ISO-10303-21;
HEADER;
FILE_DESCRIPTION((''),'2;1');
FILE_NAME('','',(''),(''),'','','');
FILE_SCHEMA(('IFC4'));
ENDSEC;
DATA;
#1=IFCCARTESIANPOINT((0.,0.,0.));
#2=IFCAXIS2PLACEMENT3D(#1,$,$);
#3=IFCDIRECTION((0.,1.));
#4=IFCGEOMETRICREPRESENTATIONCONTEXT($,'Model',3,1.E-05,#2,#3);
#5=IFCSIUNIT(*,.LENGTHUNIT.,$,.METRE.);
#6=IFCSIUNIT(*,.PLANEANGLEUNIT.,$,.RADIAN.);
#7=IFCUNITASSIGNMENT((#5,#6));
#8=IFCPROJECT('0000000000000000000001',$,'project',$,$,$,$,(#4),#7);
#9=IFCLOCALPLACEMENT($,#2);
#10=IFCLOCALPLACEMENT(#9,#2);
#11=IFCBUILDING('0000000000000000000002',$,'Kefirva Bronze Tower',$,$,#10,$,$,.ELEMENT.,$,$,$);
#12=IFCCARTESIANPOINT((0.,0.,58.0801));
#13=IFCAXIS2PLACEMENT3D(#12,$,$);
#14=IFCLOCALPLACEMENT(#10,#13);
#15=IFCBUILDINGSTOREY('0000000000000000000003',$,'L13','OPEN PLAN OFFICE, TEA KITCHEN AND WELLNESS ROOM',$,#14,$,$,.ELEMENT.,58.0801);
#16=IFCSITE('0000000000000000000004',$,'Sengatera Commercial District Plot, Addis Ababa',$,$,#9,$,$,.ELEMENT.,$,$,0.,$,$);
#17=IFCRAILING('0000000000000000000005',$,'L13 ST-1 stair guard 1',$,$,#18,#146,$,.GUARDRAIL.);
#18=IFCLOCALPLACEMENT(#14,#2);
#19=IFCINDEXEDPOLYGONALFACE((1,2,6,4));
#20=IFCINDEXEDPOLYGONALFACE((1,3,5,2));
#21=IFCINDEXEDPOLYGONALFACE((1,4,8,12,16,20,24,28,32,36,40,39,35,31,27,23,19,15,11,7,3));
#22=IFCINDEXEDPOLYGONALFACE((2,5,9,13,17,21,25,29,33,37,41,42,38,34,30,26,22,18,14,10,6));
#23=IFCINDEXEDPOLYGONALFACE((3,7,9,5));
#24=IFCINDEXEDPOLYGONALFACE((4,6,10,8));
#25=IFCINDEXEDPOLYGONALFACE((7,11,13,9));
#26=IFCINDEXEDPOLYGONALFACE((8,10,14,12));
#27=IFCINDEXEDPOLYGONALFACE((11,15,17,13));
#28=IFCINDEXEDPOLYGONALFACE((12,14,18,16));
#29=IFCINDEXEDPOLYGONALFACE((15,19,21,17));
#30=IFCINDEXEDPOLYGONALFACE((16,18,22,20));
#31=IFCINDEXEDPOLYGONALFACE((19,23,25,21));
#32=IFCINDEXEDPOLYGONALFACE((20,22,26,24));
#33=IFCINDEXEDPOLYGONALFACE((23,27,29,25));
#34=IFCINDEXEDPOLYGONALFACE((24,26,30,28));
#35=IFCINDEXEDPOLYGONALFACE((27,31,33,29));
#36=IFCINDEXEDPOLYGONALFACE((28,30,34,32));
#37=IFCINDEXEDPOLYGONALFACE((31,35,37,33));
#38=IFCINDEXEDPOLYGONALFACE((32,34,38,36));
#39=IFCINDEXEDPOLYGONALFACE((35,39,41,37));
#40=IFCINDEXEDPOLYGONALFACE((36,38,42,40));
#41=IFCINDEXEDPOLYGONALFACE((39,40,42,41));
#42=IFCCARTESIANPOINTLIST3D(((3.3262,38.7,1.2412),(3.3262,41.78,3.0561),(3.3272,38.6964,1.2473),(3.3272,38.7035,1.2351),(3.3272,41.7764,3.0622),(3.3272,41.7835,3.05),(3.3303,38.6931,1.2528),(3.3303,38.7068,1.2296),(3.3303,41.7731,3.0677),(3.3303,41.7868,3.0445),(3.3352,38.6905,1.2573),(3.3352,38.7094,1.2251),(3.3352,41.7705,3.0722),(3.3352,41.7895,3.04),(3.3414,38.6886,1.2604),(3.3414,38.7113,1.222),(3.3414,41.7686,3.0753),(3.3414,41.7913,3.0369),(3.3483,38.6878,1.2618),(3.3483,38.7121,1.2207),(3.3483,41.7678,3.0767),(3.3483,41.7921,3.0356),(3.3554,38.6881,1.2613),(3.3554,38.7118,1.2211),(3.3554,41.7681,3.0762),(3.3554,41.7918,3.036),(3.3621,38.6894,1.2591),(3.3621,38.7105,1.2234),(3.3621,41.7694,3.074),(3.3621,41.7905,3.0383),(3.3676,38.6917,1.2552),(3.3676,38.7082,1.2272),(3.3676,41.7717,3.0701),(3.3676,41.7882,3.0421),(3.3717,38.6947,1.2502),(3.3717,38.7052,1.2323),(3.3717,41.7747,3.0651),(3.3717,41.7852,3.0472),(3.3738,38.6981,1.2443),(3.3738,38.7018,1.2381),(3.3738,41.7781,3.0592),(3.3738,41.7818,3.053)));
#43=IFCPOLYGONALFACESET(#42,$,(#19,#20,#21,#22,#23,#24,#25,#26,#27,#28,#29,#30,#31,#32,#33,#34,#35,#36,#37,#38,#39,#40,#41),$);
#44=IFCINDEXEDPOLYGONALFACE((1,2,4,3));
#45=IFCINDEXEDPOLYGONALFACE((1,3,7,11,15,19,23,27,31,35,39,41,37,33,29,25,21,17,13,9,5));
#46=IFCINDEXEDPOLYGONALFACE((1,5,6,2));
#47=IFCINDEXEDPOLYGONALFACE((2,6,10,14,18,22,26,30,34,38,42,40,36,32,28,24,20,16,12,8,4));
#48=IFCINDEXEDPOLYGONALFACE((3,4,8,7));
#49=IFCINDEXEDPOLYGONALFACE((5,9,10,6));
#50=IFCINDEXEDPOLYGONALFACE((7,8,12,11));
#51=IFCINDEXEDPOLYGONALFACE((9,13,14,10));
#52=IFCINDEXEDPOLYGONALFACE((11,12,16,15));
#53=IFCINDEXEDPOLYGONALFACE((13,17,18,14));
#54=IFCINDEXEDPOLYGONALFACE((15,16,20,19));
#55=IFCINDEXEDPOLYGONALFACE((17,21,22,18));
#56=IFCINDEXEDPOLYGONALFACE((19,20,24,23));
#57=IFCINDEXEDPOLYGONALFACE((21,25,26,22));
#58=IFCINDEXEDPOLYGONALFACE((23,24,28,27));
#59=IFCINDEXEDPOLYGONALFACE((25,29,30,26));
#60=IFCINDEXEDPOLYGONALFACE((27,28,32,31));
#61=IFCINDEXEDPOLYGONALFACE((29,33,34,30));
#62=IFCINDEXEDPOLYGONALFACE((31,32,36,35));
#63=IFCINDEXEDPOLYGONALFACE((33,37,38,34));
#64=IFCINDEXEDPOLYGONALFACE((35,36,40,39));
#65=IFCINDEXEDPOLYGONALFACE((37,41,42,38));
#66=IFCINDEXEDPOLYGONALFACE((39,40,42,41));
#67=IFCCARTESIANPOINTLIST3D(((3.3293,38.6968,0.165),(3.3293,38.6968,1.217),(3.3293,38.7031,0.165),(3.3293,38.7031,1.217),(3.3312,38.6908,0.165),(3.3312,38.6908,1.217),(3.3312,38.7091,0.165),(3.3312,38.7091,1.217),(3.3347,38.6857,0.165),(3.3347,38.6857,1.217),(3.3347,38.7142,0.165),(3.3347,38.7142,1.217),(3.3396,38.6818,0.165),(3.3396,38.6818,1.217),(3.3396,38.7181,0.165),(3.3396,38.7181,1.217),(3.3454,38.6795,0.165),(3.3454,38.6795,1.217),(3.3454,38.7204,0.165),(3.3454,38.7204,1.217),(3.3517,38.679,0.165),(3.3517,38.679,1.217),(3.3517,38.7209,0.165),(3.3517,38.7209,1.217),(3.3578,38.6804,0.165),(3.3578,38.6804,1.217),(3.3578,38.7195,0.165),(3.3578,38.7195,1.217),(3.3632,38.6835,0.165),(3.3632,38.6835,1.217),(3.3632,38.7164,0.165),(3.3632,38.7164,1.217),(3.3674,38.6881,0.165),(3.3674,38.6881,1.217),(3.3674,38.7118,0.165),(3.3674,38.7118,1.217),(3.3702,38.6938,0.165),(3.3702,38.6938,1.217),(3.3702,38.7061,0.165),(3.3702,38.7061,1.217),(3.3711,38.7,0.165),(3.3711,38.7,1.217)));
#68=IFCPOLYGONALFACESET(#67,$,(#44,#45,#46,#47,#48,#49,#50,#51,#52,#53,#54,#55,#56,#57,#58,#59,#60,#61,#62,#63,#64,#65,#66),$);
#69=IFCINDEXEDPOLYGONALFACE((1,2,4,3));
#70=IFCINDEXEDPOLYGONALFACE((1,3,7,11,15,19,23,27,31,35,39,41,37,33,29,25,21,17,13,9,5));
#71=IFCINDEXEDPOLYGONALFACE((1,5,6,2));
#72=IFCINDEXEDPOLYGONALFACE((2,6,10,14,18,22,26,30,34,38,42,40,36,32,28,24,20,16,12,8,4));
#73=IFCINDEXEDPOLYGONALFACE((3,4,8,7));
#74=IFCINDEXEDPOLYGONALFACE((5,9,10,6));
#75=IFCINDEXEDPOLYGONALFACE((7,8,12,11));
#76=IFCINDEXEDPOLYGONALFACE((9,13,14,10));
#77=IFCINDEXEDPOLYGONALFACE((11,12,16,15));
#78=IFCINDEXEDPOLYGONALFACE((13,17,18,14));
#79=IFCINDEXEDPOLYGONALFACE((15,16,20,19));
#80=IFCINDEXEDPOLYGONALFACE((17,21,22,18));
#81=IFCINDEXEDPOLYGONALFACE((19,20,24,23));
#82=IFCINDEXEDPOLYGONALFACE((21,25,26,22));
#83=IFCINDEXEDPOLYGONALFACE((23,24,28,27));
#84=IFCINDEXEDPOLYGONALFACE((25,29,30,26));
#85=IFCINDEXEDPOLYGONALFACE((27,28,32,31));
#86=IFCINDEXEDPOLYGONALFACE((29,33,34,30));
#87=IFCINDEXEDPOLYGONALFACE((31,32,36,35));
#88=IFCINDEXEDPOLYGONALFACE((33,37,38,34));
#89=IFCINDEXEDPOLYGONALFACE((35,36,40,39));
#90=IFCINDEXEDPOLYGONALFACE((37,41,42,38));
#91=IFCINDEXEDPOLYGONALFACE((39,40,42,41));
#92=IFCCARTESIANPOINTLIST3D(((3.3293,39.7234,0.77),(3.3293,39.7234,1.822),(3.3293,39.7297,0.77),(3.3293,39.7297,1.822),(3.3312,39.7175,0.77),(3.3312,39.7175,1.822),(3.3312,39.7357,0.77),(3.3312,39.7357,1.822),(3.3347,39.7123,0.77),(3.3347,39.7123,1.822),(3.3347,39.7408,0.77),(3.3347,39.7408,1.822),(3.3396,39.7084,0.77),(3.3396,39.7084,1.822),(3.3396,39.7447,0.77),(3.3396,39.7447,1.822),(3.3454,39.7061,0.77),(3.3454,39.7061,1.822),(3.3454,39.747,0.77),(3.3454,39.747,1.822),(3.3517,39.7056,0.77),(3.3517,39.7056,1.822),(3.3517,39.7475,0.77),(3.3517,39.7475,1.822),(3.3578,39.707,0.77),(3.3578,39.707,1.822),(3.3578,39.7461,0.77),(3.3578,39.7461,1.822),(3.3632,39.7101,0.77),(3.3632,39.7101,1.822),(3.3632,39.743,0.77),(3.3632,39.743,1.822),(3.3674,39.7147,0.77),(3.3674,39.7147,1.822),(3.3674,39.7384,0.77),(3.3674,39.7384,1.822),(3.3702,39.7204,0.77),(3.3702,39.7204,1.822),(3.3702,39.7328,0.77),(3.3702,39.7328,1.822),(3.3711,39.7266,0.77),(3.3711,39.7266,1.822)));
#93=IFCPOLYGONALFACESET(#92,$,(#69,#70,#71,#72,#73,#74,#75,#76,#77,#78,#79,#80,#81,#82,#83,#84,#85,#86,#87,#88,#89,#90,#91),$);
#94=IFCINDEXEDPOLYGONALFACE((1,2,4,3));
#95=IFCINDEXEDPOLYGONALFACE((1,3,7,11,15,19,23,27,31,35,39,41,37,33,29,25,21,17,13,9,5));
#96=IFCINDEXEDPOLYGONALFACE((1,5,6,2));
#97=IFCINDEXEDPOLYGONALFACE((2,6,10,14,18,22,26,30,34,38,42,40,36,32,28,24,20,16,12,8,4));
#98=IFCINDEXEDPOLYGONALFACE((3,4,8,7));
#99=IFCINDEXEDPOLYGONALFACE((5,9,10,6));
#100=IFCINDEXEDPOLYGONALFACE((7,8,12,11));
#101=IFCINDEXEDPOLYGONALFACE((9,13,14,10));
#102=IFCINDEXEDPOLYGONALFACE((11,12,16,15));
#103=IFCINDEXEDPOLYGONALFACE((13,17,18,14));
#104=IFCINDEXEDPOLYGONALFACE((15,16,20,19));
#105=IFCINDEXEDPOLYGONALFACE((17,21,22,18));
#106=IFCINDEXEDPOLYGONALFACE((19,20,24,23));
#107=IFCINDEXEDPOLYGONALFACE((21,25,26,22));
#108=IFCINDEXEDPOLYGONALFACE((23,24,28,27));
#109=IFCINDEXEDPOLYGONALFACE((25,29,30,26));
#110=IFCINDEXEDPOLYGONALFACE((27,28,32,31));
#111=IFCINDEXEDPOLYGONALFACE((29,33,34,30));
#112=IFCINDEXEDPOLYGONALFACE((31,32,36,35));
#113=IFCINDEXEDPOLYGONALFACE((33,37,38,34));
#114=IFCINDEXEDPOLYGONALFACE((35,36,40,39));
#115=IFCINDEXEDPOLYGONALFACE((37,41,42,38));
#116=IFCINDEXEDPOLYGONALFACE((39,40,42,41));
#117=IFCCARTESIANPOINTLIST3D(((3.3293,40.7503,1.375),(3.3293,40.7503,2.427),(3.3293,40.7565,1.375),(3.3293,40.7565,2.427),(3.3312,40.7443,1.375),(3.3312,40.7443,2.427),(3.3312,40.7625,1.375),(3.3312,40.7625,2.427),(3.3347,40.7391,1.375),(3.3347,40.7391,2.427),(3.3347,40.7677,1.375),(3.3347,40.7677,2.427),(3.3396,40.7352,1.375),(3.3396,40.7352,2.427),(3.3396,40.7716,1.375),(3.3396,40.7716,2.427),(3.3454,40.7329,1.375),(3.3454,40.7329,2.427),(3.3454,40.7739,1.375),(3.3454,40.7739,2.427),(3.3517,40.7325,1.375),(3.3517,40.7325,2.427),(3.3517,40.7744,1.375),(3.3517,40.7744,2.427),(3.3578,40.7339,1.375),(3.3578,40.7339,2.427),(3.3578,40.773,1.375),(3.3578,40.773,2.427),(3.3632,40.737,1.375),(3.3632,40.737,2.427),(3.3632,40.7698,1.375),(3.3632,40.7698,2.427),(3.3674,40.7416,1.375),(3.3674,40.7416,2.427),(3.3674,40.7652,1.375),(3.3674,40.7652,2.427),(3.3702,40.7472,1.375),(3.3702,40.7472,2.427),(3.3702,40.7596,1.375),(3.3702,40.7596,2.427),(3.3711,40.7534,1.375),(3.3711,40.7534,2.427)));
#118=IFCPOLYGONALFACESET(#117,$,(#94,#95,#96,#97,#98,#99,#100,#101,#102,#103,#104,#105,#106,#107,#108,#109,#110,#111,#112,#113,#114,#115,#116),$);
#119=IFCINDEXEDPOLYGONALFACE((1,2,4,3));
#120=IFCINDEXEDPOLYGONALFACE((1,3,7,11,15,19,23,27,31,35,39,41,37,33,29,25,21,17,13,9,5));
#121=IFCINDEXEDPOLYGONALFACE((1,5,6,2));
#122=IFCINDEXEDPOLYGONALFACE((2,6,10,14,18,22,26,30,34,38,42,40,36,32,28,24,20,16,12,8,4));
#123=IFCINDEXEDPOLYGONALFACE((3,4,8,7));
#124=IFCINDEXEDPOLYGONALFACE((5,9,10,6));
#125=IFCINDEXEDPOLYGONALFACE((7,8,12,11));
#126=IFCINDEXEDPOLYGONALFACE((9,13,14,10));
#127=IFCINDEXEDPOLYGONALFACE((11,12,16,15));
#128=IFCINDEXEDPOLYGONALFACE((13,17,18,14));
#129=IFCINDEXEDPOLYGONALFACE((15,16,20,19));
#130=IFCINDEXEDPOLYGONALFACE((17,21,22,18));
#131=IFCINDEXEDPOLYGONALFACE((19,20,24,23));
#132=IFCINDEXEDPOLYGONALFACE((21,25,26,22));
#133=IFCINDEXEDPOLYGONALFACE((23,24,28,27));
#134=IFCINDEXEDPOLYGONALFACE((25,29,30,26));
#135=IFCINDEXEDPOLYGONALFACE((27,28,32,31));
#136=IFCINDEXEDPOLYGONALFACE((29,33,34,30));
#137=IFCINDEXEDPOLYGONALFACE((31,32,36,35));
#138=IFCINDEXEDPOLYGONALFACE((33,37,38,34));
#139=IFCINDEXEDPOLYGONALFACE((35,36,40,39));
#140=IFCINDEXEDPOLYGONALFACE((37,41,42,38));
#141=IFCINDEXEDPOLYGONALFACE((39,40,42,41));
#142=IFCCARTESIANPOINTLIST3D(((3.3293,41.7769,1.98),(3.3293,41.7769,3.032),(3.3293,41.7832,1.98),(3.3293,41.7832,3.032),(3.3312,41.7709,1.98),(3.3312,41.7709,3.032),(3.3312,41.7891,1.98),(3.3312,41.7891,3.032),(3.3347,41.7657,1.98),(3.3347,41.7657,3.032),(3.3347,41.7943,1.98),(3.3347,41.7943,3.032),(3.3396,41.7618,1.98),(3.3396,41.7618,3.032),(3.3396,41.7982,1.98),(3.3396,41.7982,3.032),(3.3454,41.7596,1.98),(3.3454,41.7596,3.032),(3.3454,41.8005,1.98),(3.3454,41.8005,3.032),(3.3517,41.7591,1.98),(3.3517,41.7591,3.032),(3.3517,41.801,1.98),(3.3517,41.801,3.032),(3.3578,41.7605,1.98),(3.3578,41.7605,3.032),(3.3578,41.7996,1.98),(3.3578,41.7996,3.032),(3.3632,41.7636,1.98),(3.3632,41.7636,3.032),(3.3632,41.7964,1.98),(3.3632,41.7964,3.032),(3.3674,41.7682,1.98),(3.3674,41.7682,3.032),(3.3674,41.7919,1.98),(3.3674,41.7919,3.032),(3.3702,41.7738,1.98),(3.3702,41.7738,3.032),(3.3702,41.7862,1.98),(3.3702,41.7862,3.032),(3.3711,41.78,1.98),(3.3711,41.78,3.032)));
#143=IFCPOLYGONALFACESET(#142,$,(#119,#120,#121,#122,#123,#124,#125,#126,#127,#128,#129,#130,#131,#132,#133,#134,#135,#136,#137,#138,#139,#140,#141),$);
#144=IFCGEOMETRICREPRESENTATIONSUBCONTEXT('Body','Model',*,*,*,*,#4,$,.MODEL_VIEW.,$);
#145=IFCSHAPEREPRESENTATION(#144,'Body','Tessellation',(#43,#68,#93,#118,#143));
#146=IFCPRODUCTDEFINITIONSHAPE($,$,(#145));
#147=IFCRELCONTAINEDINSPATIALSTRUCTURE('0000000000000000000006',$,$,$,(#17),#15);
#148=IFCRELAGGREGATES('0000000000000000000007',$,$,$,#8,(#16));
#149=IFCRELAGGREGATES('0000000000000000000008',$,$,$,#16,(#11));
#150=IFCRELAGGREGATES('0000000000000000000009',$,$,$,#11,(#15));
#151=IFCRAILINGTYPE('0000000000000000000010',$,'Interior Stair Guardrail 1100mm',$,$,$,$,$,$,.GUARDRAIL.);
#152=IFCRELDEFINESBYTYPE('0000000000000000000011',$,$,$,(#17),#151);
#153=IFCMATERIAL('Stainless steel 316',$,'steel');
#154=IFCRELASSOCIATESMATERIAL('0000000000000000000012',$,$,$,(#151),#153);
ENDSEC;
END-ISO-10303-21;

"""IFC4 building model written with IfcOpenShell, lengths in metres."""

from ifc_helpers import new_model, si_unit, direction, frame, origin, origin_2d, place, context, subcontext, project, spatial, circle, extrude, material, type_object, element, save


model = new_model("IFC4")

# Units and contexts
model_context = context("Model", 3, precision=1e-05, world=origin(), true_north=direction((0.0, 1.0)))
body_context = subcontext(model_context, "Body", "Model", "MODEL_VIEW")
ifc_project = project(units=[si_unit("LENGTHUNIT", "METRE"), si_unit("PLANEANGLEUNIT", "RADIAN")], contexts=[model_context])

# Site, building, storey
site_placement = place(None, origin())
site = spatial("IfcSite", under=ifc_project, at=site_placement, Name="Sengatera Commercial District Plot, Addis Ababa", CompositionType="ELEMENT", RefElevation=0.0)
building_placement = place(site_placement, origin())
building = spatial("IfcBuilding", under=site, at=building_placement, Name="Kefirva Bronze Tower", CompositionType="ELEMENT")
storey_placement = place(building_placement, frame((0.0, 0.0, 58.0801)))
storey = spatial("IfcBuildingStorey", under=building, at=storey_placement, Name="L13", Description="OPEN PLAN OFFICE, TEA KITCHEN AND WELLNESS ROOM", CompositionType="ELEMENT", Elevation=58.0801)

# Shared definitions
ifc_material_1 = material(Name="Stainless steel 316", Category="steel")

# Railing
railing_type_1 = type_object("IfcRailingType", Name="Interior Stair Guardrail 1100mm", PredefinedType="GUARDRAIL", material=ifc_material_1)
railing_1_placement = place(storey_placement, frame((3.3501, 38.7, 0.165)))
element("IfcRailing", 1, at=railing_1_placement, inside=storey, type_object=railing_type_1, Name="L13 ST-1 stair guard 1", PredefinedType="GUARDRAIL", context=body_context, shape_type="SweptSolid", body=[
    extrude(circle(Radius=0.0239, at=origin_2d()), frame((0.0, 0.0, 1.0762), z_axis=(0.0, 0.861551, 0.507671), x_axis=(-1.0, 0.0, 0.0)), (0.0, 0.0, 1.0), 3.575),
    extrude(circle(Radius=0.021, at=origin_2d()), origin(), (0.0, 0.0, 1.0), 1.052),
    extrude(circle(Radius=0.021, at=origin_2d()), frame((0.0, 1.0266, 0.605)), (0.0, 0.0, 1.0), 1.052),
    extrude(circle(Radius=0.021, at=origin_2d()), frame((0.0, 2.0535, 1.21)), (0.0, 0.0, 1.0), 1.052),
    extrude(circle(Radius=0.021, at=origin_2d()), frame((0.0, 3.0801, 1.8149)), (0.0, 0.0, 1.0), 1.052),
])

save(model, "model.ifc")
